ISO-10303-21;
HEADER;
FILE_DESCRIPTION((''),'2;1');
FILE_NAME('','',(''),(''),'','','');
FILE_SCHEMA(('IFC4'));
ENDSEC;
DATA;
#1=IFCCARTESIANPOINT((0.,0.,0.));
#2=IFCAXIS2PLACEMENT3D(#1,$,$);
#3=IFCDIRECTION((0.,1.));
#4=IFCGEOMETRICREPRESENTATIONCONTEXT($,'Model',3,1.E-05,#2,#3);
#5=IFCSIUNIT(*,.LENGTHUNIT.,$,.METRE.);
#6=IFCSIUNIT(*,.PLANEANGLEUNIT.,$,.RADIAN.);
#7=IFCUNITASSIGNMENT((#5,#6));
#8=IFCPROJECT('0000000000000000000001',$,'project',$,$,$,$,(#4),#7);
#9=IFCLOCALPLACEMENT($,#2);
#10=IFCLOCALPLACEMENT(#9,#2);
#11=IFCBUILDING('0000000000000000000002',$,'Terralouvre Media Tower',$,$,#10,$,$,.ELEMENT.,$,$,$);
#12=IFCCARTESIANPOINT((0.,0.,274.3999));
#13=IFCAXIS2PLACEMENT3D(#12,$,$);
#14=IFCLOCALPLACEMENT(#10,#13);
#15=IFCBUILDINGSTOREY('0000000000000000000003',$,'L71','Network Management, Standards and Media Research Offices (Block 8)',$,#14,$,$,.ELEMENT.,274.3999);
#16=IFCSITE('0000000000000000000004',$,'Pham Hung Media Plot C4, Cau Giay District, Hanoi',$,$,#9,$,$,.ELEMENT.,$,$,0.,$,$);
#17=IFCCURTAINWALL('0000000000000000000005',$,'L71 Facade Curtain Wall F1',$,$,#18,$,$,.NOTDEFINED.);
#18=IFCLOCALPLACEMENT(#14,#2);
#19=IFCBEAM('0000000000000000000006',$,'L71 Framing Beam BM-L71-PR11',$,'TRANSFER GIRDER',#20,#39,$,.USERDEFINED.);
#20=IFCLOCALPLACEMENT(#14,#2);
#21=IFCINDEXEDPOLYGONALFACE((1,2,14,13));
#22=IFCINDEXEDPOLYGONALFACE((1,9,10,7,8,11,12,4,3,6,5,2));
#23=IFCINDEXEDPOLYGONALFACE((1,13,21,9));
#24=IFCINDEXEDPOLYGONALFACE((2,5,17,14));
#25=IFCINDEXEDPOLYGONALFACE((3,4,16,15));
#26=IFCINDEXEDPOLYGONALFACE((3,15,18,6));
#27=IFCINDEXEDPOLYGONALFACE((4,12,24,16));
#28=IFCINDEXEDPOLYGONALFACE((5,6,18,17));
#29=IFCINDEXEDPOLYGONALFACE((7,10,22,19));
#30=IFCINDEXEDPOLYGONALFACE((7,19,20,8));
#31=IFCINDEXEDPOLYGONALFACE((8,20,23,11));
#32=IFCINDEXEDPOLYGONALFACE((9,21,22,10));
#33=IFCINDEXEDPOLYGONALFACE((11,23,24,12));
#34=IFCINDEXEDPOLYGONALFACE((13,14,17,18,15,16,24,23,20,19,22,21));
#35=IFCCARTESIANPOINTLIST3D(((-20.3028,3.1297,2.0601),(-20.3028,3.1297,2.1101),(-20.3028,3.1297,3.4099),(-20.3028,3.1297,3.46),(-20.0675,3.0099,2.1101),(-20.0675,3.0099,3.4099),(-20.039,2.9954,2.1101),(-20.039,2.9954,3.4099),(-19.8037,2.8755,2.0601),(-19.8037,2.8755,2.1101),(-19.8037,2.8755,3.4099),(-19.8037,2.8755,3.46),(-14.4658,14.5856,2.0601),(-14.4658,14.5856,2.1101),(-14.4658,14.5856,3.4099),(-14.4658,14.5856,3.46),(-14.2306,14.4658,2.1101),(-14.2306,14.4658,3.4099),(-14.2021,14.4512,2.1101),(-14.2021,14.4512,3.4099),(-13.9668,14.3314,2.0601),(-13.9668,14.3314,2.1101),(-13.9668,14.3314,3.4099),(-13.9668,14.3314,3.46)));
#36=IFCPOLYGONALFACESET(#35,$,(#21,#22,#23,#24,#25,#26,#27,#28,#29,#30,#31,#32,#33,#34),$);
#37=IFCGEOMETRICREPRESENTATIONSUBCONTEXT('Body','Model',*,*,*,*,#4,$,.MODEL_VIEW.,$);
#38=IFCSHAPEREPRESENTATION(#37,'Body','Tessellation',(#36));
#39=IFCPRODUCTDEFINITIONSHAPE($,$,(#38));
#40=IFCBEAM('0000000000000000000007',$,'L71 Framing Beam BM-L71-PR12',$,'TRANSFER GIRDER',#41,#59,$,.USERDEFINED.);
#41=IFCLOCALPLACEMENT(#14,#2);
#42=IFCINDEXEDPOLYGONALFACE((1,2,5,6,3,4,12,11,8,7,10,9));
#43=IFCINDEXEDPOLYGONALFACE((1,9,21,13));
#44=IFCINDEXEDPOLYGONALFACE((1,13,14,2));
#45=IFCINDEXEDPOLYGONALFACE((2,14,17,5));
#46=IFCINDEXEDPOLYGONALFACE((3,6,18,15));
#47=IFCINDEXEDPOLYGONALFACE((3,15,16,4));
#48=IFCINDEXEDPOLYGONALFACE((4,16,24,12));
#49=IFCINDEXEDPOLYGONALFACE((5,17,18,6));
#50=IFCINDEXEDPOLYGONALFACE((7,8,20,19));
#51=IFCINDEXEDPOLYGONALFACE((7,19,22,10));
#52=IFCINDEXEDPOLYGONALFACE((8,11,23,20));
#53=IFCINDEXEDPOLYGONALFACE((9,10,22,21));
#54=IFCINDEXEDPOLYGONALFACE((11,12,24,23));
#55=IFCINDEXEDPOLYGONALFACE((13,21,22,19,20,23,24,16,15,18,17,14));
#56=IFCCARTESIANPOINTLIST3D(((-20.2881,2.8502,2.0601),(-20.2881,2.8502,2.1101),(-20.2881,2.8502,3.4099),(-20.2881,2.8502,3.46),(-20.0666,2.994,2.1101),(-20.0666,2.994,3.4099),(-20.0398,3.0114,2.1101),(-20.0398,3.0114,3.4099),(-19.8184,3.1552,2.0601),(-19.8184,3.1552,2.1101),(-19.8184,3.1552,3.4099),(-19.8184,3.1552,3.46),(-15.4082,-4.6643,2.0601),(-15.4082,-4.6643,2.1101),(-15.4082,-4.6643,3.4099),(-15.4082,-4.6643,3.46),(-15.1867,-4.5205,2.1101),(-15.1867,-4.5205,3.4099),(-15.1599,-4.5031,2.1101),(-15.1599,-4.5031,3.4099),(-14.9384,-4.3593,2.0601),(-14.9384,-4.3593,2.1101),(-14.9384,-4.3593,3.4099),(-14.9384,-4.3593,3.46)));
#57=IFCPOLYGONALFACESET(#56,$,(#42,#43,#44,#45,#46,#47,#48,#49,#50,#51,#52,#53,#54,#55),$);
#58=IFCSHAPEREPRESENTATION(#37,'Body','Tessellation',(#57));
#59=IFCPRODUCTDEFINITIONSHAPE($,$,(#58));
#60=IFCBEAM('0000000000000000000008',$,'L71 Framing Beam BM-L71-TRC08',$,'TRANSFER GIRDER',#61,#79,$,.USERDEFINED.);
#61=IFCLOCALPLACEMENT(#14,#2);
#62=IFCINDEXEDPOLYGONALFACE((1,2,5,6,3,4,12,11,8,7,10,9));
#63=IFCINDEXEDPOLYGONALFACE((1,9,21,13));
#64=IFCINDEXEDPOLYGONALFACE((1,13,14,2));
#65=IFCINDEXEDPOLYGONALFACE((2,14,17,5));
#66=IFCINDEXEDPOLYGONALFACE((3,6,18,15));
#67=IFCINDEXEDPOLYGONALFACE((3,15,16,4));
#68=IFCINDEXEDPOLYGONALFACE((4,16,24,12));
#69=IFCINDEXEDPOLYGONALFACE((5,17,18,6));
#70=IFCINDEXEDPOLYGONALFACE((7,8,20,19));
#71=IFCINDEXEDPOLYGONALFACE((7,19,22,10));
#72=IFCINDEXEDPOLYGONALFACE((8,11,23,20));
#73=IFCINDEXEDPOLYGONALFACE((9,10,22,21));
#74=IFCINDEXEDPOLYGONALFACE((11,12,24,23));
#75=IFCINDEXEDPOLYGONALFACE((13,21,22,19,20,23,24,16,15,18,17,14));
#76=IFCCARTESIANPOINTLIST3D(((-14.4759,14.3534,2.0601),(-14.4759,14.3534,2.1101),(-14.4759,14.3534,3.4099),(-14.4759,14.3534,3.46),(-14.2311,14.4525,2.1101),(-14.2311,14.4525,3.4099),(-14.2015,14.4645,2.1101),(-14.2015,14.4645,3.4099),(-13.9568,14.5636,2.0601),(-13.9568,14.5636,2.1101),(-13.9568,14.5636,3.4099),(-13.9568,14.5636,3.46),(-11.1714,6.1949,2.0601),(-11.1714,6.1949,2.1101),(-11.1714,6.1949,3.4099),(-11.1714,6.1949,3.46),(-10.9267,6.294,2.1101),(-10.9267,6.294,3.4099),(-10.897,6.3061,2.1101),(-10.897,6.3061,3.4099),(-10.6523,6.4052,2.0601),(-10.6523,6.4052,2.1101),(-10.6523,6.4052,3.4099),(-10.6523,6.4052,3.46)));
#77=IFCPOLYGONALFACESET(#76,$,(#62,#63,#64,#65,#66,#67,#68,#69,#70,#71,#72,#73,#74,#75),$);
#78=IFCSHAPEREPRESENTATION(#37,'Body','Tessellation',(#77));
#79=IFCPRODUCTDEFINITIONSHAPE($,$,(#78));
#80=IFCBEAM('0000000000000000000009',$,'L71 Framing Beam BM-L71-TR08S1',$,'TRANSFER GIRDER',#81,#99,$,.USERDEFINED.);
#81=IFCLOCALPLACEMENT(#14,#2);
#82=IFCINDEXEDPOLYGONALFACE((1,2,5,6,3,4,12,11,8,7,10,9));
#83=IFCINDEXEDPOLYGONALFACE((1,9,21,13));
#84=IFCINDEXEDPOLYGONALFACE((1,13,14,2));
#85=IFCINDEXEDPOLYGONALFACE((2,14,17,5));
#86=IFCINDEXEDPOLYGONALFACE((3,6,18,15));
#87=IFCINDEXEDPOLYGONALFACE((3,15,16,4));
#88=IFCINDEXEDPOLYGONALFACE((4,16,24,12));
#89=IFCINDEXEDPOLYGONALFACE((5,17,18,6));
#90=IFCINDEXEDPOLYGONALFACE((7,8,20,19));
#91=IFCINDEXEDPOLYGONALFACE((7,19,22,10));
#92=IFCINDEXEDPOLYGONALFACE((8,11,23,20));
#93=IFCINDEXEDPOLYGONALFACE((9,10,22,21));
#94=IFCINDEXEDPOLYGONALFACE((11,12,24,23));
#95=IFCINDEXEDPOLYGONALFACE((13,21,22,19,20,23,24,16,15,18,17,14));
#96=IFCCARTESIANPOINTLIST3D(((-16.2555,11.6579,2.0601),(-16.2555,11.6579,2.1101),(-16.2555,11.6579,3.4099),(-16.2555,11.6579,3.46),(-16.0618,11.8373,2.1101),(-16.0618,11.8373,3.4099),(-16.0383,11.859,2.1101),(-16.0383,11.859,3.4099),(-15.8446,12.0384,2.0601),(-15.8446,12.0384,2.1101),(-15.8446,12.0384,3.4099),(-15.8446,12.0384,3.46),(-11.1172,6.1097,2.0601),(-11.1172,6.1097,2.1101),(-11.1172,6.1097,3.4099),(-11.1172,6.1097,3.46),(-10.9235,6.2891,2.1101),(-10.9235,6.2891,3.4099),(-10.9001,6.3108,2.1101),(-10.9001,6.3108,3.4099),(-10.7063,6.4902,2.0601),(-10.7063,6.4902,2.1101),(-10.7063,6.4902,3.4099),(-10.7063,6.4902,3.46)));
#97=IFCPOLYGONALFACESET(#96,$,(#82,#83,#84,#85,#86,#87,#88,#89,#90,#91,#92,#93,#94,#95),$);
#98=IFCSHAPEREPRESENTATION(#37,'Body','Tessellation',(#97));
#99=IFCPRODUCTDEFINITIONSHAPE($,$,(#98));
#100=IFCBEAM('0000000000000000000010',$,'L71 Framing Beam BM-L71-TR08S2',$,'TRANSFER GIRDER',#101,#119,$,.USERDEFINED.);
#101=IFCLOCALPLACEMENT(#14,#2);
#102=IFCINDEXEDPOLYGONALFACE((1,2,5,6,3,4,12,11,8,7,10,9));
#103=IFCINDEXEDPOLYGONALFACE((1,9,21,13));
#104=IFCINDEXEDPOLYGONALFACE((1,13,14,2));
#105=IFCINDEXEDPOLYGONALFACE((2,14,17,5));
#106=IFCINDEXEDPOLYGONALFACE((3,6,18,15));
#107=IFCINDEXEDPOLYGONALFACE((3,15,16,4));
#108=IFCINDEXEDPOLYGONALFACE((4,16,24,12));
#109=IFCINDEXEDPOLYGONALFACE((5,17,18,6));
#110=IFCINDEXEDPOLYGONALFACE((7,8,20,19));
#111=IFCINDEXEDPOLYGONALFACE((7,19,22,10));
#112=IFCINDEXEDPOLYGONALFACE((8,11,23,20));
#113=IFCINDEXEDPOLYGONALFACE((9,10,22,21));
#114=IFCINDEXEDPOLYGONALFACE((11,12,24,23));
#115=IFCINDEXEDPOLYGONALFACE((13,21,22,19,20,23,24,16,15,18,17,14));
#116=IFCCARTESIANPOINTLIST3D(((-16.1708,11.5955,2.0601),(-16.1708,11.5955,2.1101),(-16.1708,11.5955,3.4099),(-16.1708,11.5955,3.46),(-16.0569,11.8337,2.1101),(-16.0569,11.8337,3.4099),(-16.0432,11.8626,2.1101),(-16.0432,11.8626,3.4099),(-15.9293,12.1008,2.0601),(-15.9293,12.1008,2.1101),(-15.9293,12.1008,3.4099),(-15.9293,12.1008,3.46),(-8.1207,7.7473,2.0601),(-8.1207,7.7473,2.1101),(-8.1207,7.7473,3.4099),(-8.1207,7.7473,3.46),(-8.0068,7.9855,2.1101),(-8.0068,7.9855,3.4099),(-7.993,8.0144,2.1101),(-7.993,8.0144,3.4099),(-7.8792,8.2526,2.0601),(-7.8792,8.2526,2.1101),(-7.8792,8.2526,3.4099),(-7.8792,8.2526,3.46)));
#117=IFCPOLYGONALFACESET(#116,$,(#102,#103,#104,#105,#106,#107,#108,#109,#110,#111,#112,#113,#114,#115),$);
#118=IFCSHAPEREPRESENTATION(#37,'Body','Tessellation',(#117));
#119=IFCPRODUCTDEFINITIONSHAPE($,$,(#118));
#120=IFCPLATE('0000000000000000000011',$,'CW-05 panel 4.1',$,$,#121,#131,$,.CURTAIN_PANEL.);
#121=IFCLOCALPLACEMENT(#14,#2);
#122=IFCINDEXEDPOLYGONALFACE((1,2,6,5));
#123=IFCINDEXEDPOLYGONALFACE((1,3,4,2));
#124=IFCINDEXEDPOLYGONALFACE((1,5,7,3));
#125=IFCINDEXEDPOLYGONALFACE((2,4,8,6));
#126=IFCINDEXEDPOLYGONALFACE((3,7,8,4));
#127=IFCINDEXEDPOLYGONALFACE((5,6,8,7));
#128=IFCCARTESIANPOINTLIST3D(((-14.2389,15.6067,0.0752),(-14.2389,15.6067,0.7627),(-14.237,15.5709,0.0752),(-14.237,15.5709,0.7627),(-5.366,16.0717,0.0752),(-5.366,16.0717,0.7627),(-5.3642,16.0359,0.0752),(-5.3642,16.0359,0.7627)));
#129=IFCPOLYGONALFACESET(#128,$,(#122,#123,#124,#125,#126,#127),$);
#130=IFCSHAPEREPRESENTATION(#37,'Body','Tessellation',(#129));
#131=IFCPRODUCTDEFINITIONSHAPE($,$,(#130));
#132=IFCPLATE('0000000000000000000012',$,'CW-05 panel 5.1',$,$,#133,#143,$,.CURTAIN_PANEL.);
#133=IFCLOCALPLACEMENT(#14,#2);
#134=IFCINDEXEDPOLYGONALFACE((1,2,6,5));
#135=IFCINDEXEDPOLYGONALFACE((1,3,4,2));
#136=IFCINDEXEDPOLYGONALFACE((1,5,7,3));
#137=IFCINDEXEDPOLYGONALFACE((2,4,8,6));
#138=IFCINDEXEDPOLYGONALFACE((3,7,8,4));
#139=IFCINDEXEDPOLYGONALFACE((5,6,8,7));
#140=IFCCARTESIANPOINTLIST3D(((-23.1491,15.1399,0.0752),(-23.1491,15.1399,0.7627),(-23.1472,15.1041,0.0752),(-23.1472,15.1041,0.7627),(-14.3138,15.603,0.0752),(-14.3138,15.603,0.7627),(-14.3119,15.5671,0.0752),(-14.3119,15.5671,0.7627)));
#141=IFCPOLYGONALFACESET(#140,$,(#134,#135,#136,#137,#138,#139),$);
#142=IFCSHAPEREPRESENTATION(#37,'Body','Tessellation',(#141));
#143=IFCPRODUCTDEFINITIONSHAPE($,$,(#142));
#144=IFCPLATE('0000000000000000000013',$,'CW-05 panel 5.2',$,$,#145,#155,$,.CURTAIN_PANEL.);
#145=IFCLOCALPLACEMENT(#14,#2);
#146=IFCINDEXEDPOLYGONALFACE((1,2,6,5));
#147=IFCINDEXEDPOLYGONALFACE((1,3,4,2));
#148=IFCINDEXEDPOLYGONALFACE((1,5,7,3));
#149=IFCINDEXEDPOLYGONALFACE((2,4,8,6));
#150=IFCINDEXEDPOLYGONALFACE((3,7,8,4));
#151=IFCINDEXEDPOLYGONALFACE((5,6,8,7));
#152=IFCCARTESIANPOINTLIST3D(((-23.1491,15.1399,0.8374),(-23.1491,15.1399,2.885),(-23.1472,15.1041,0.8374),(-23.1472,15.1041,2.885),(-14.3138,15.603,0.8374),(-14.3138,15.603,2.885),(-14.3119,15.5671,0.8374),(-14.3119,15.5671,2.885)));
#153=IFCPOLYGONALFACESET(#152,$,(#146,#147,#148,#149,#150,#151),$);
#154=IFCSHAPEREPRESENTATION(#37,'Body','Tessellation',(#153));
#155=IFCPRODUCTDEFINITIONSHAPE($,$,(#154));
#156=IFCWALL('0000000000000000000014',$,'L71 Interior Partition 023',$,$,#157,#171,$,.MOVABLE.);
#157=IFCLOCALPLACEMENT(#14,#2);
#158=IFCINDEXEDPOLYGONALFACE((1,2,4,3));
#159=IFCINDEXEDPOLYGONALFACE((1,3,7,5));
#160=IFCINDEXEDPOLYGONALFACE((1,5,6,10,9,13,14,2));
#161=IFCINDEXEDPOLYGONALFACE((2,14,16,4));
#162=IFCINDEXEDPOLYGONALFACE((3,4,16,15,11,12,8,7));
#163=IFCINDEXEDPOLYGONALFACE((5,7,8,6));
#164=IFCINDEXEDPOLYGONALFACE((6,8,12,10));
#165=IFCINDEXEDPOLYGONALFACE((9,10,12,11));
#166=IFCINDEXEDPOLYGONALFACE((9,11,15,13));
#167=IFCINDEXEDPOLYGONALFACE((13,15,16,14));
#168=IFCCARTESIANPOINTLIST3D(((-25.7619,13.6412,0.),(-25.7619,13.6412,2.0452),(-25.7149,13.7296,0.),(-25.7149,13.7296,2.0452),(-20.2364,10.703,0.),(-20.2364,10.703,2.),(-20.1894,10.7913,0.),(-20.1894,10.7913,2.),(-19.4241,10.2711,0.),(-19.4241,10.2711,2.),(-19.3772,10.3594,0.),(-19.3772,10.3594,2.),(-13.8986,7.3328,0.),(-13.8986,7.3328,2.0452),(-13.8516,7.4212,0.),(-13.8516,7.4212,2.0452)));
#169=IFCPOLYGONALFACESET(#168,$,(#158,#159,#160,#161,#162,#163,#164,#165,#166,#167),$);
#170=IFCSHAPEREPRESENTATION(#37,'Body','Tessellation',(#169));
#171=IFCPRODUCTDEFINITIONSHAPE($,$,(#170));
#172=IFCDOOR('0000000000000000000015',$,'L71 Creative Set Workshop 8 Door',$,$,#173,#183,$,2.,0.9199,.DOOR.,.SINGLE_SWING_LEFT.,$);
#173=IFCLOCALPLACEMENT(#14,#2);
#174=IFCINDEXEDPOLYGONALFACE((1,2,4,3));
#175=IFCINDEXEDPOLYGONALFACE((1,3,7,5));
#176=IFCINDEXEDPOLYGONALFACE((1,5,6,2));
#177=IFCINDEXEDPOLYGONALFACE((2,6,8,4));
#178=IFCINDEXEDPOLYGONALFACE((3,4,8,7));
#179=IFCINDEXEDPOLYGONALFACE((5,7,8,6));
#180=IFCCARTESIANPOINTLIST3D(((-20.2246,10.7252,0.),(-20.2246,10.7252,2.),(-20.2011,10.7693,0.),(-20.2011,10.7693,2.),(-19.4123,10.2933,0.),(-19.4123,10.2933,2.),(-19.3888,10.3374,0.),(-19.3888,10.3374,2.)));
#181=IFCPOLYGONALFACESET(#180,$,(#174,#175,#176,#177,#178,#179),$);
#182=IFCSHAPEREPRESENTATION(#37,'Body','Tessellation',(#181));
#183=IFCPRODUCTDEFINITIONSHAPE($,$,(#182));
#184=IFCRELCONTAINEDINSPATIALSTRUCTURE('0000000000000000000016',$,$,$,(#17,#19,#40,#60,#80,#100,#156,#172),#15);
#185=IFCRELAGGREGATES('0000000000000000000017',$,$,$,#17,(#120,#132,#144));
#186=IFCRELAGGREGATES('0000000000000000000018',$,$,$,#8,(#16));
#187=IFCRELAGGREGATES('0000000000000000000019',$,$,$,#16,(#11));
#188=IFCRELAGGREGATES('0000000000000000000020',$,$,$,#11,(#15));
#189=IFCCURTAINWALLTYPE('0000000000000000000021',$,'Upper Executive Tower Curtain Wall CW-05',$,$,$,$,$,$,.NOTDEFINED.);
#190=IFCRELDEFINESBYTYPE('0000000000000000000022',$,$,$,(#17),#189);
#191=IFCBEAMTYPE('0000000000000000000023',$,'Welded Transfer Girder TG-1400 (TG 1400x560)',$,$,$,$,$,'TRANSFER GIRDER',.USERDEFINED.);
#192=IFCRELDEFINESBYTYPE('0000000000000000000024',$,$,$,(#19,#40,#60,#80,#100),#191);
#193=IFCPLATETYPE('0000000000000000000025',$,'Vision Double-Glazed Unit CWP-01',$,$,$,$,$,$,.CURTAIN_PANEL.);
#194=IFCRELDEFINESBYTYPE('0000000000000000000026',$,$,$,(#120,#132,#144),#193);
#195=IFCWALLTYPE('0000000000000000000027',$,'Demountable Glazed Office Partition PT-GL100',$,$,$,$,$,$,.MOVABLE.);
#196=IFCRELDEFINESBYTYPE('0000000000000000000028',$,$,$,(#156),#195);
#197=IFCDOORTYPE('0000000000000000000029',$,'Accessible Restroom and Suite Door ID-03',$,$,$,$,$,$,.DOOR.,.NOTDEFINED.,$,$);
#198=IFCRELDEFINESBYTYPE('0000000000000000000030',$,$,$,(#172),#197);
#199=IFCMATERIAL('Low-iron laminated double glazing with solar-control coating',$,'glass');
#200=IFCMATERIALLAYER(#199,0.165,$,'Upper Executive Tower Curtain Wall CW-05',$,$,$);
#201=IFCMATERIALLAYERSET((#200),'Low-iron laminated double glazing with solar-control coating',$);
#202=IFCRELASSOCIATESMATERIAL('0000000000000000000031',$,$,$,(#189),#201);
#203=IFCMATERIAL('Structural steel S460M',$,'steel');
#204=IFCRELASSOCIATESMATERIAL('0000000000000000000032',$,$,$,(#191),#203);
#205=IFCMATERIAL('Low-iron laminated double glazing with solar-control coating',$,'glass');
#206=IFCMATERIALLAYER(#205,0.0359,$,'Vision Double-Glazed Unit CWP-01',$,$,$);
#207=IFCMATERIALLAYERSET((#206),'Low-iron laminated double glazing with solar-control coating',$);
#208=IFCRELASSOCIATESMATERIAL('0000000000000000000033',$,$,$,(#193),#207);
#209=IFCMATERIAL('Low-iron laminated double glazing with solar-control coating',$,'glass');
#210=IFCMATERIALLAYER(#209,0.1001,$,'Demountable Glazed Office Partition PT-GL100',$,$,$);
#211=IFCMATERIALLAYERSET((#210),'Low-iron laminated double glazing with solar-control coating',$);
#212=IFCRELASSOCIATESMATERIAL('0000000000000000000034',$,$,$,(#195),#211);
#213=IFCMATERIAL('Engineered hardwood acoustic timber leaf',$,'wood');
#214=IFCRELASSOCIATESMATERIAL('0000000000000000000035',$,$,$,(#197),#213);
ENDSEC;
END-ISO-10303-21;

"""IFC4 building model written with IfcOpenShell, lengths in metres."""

from ifc_helpers import new_model, si_unit, direction, frame, frame_2d, origin, origin_2d, place, context, subcontext, project, spatial, rectangle, i_section, extrude, material, layer, layer_set, material_profile, profile_set, type_object, element, fill, aggregate, save


model = new_model("IFC4")

# Units and contexts
model_context = context("Model", 3, precision=1e-05, world=origin(), true_north=direction((0.0, 1.0)))
body_context = subcontext(model_context, "Body", "Model", "MODEL_VIEW")
ifc_project = project(units=[si_unit("LENGTHUNIT", "METRE"), si_unit("PLANEANGLEUNIT", "RADIAN")], contexts=[model_context])

# Site, building, storey
site_placement = place(None, origin())
site = spatial("IfcSite", under=ifc_project, at=site_placement, Name="Pham Hung Media Plot C4, Cau Giay District, Hanoi", CompositionType="ELEMENT", RefElevation=0.0)
building_placement = place(site_placement, origin())
building = spatial("IfcBuilding", under=site, at=building_placement, Name="Terralouvre Media Tower", CompositionType="ELEMENT")
storey_placement = place(building_placement, frame((0.0, 0.0, 274.3999)))
storey = spatial("IfcBuildingStorey", under=building, at=storey_placement, Name="L71", Description="Network Management, Standards and Media Research Offices (Block 8)", CompositionType="ELEMENT", Elevation=274.3999)

# Curtain wall
ifc_material_1 = material(Name="Low-iron laminated double glazing with solar-control coating", Category="glass")
ifc_layer_1 = layer(ifc_material_1, 0.165, Name="Upper Executive Tower Curtain Wall CW-05")
ifc_layer_set_1 = layer_set([ifc_layer_1], Name="Low-iron laminated double glazing with solar-control coating")
curtain_wall_type = type_object("IfcCurtainWallType", Name="Upper Executive Tower Curtain Wall CW-05", PredefinedType="NOTDEFINED", material=ifc_layer_set_1)
curtain_wall_1_placement = place(storey_placement, origin())
curtain_wall_1 = element("IfcCurtainWall", 1, at=curtain_wall_1_placement, inside=storey, type_object=curtain_wall_type, Name="L71 Facade Curtain Wall F1", PredefinedType="NOTDEFINED")

# Beams
ifc_material_2 = material(Name="Structural steel S460M", Category="steel")
ifc_material_profile_1 = material_profile(ifc_material_2, i_section(OverallWidth=0.5601, OverallDepth=1.3999, WebThickness=0.032, FlangeThickness=0.05, at=origin_2d()), Name="TG 1400x560")
ifc_profile_set_1 = profile_set([ifc_material_profile_1], Name="Structural steel S460M")
beam_type_1 = type_object("IfcBeamType", Name="Welded Transfer Girder TG-1400 (TG 1400x560)", ElementType="TRANSFER GIRDER", PredefinedType="USERDEFINED", material=ifc_profile_set_1)
beam_1_placement = place(storey_placement, frame((-14.2163, 14.4585, 2.76), z_axis=(-0.453984, -0.89101, 0.0), x_axis=(0.89101, -0.453984, 0.0)))
element("IfcBeam", 2, at=beam_1_placement, inside=storey, type_object=beam_type_1, Name="L71 Framing Beam BM-L71-PR11", ObjectType="TRANSFER GIRDER", PredefinedType="USERDEFINED", context=body_context, shape_type="SweptSolid", body=[
    extrude(i_section(OverallWidth=0.5601, OverallDepth=1.3999, WebThickness=0.032, FlangeThickness=0.05, at=origin_2d()), origin(), (0.0, 0.0, 1.0), 12.8572),
])
beam_2_placement = place(storey_placement, frame((-20.0532, 3.0027, 2.76), z_axis=(0.544637, -0.838672, 0.0), x_axis=(0.838672, 0.544637, 0.0)))
element("IfcBeam", 3, at=beam_2_placement, inside=storey, type_object=beam_type_1, Name="L71 Framing Beam BM-L71-PR12", ObjectType="TRANSFER GIRDER", PredefinedType="USERDEFINED", context=body_context, shape_type="SweptSolid", body=[
    extrude(i_section(OverallWidth=0.5601, OverallDepth=1.3999, WebThickness=0.032, FlangeThickness=0.05, at=origin_2d()), origin(), (0.0, 0.0, 1.0), 8.96),
])
beam_3_placement = place(storey_placement, frame((-14.2163, 14.4585, 2.76), z_axis=(0.375409, -0.926859, 0.0), x_axis=(0.926859, 0.375409, 0.0)))
element("IfcBeam", 4, at=beam_3_placement, inside=storey, type_object=beam_type_1, Name="L71 Framing Beam BM-L71-TRC08", ObjectType="TRANSFER GIRDER", PredefinedType="USERDEFINED", context=body_context, shape_type="SweptSolid", body=[
    extrude(i_section(OverallWidth=0.5601, OverallDepth=1.3999, WebThickness=0.032, FlangeThickness=0.05, at=origin_2d()), origin(), (0.0, 0.0, 1.0), 8.8022),
])
beam_4_placement = place(storey_placement, frame((-16.05, 11.8481, 2.76), z_axis=(0.679483, -0.733691, 0.0), x_axis=(0.733691, 0.679483, 0.0)))
element("IfcBeam", 5, at=beam_4_placement, inside=storey, type_object=beam_type_1, Name="L71 Framing Beam BM-L71-TR08S1", ObjectType="TRANSFER GIRDER", PredefinedType="USERDEFINED", context=body_context, shape_type="SweptSolid", body=[
    extrude(i_section(OverallWidth=0.5601, OverallDepth=1.3999, WebThickness=0.032, FlangeThickness=0.05, at=origin_2d()), origin(), (0.0, 0.0, 1.0), 7.562),
])
beam_5_placement = place(storey_placement, frame((-16.05, 11.8481, 2.76), z_axis=(0.902216, -0.431284, 0.0), x_axis=(0.431284, 0.902216, 0.0)))
element("IfcBeam", 6, at=beam_5_placement, inside=storey, type_object=beam_type_1, Name="L71 Framing Beam BM-L71-TR08S2", ObjectType="TRANSFER GIRDER", PredefinedType="USERDEFINED", context=body_context, shape_type="SweptSolid", body=[
    extrude(i_section(OverallWidth=0.5601, OverallDepth=1.3999, WebThickness=0.032, FlangeThickness=0.05, at=origin_2d()), origin(), (0.0, 0.0, 1.0), 8.9226),
])

# Plates
ifc_material_3 = material(Name="Low-iron laminated double glazing with solar-control coating", Category="glass")
ifc_layer_2 = layer(ifc_material_3, 0.0359, Name="Vision Double-Glazed Unit CWP-01")
ifc_layer_set_2 = layer_set([ifc_layer_2], Name="Low-iron laminated double glazing with solar-control coating")
plate_type = type_object("IfcPlateType", Name="Vision Double-Glazed Unit CWP-01", PredefinedType="CURTAIN_PANEL", material=ifc_layer_set_2)
plate_1_placement = place(storey_placement, frame((-9.8015, 15.8213, 0.0752), z_axis=(0.0, 0.0, 1.0), x_axis=(-0.99863, -0.052336, 0.0)))
plate_1 = element("IfcPlate", 7, at=plate_1_placement, type_object=plate_type, Name="CW-05 panel 4.1", PredefinedType="CURTAIN_PANEL", context=body_context, shape_type="SweptSolid", body=[
    extrude(rectangle(XDim=8.885, YDim=0.0359, at=origin_2d()), origin(), (0.0, 0.0, 1.0), 0.6875),
])
plate_2_placement = place(storey_placement, frame((-18.7305, 15.3535, 0.0752), z_axis=(0.0, 0.0, 1.0), x_axis=(-0.99863, -0.052336, 0.0)))
plate_2 = element("IfcPlate", 8, at=plate_2_placement, type_object=plate_type, Name="CW-05 panel 5.1", PredefinedType="CURTAIN_PANEL", context=body_context, shape_type="SweptSolid", body=[
    extrude(rectangle(XDim=8.8474, YDim=0.0359, at=origin_2d()), origin(), (0.0, 0.0, 1.0), 0.6875),
])
plate_3_placement = place(storey_placement, frame((-18.7305, 15.3535, 0.8374), z_axis=(0.0, 0.0, 1.0), x_axis=(-0.99863, -0.052336, 0.0)))
plate_3 = element("IfcPlate", 9, at=plate_3_placement, type_object=plate_type, Name="CW-05 panel 5.2", PredefinedType="CURTAIN_PANEL", context=body_context, shape_type="SweptSolid", body=[
    extrude(rectangle(XDim=8.8474, YDim=0.0359, at=origin_2d()), origin(), (0.0, 0.0, 1.0), 2.0476),
])
aggregate(curtain_wall_1, [plate_1, plate_2, plate_3])

# Wall, opening, door
ifc_material_4 = material(Name="Low-iron laminated double glazing with solar-control coating", Category="glass")
ifc_layer_3 = layer(ifc_material_4, 0.1001, Name="Demountable Glazed Office Partition PT-GL100")
ifc_layer_set_3 = layer_set([ifc_layer_3], Name="Low-iron laminated double glazing with solar-control coating")
wall_type_1 = type_object("IfcWallType", Name="Demountable Glazed Office Partition PT-GL100", PredefinedType="MOVABLE", material=ifc_layer_set_3)
wall_1_placement = place(storey_placement, frame((-13.875, 7.377, 0.0), z_axis=(0.0, 0.0, 1.0), x_axis=(-0.882931, 0.469502, 0.0)))
wall_1 = element("IfcWall", 10, at=wall_1_placement, inside=storey, type_object=wall_type_1, Name="L71 Interior Partition 023", PredefinedType="MOVABLE", context=body_context, shape_type="SweptSolid", body=[
    extrude(rectangle(XDim=13.4363, YDim=0.1001, at=frame_2d((6.7183, 0.0))), origin(), (0.0, 0.0, 1.0), 2.0452),
])
opening_placement = place(wall_1_placement, frame((6.2583, 0.0, 0.0)))
opening = element("IfcOpeningElement", 11, at=opening_placement, cuts=wall_1, PredefinedType="OPENING", context=body_context, shape_type="SweptSolid", body=[
    extrude(rectangle(XDim=0.9199, YDim=2.0, at=frame_2d((0.46, 1.0))), frame((0.0, 0.0601, 0.0), z_axis=(0.0, -1.0, 0.0), x_axis=(1.0, 0.0, 0.0)), (0.0, 0.0, 1.0), 0.1201),
])
ifc_material_5 = material(Name="Engineered hardwood acoustic timber leaf", Category="wood")
door_type = type_object("IfcDoorType", Name="Accessible Restroom and Suite Door ID-03", OperationType="NOTDEFINED", PredefinedType="DOOR", material=ifc_material_5)
door_placement = place(opening_placement, origin())
door = element("IfcDoor", 12, at=door_placement, inside=storey, type_object=door_type, Name="L71 Creative Set Workshop 8 Door", OperationType="SINGLE_SWING_LEFT", OverallHeight=2.0, OverallWidth=0.9199, PredefinedType="DOOR", context=body_context, shape_type="SweptSolid", body=[
    extrude(rectangle(XDim=0.9199, YDim=2.0, at=frame_2d((0.46, 1.0))), frame((0.0, 0.0249, 0.0), z_axis=(0.0, -1.0, 0.0), x_axis=(1.0, 0.0, 0.0)), (0.0, 0.0, 1.0), 0.05),
])
fill(opening, door)

save(model, "model.ifc")
